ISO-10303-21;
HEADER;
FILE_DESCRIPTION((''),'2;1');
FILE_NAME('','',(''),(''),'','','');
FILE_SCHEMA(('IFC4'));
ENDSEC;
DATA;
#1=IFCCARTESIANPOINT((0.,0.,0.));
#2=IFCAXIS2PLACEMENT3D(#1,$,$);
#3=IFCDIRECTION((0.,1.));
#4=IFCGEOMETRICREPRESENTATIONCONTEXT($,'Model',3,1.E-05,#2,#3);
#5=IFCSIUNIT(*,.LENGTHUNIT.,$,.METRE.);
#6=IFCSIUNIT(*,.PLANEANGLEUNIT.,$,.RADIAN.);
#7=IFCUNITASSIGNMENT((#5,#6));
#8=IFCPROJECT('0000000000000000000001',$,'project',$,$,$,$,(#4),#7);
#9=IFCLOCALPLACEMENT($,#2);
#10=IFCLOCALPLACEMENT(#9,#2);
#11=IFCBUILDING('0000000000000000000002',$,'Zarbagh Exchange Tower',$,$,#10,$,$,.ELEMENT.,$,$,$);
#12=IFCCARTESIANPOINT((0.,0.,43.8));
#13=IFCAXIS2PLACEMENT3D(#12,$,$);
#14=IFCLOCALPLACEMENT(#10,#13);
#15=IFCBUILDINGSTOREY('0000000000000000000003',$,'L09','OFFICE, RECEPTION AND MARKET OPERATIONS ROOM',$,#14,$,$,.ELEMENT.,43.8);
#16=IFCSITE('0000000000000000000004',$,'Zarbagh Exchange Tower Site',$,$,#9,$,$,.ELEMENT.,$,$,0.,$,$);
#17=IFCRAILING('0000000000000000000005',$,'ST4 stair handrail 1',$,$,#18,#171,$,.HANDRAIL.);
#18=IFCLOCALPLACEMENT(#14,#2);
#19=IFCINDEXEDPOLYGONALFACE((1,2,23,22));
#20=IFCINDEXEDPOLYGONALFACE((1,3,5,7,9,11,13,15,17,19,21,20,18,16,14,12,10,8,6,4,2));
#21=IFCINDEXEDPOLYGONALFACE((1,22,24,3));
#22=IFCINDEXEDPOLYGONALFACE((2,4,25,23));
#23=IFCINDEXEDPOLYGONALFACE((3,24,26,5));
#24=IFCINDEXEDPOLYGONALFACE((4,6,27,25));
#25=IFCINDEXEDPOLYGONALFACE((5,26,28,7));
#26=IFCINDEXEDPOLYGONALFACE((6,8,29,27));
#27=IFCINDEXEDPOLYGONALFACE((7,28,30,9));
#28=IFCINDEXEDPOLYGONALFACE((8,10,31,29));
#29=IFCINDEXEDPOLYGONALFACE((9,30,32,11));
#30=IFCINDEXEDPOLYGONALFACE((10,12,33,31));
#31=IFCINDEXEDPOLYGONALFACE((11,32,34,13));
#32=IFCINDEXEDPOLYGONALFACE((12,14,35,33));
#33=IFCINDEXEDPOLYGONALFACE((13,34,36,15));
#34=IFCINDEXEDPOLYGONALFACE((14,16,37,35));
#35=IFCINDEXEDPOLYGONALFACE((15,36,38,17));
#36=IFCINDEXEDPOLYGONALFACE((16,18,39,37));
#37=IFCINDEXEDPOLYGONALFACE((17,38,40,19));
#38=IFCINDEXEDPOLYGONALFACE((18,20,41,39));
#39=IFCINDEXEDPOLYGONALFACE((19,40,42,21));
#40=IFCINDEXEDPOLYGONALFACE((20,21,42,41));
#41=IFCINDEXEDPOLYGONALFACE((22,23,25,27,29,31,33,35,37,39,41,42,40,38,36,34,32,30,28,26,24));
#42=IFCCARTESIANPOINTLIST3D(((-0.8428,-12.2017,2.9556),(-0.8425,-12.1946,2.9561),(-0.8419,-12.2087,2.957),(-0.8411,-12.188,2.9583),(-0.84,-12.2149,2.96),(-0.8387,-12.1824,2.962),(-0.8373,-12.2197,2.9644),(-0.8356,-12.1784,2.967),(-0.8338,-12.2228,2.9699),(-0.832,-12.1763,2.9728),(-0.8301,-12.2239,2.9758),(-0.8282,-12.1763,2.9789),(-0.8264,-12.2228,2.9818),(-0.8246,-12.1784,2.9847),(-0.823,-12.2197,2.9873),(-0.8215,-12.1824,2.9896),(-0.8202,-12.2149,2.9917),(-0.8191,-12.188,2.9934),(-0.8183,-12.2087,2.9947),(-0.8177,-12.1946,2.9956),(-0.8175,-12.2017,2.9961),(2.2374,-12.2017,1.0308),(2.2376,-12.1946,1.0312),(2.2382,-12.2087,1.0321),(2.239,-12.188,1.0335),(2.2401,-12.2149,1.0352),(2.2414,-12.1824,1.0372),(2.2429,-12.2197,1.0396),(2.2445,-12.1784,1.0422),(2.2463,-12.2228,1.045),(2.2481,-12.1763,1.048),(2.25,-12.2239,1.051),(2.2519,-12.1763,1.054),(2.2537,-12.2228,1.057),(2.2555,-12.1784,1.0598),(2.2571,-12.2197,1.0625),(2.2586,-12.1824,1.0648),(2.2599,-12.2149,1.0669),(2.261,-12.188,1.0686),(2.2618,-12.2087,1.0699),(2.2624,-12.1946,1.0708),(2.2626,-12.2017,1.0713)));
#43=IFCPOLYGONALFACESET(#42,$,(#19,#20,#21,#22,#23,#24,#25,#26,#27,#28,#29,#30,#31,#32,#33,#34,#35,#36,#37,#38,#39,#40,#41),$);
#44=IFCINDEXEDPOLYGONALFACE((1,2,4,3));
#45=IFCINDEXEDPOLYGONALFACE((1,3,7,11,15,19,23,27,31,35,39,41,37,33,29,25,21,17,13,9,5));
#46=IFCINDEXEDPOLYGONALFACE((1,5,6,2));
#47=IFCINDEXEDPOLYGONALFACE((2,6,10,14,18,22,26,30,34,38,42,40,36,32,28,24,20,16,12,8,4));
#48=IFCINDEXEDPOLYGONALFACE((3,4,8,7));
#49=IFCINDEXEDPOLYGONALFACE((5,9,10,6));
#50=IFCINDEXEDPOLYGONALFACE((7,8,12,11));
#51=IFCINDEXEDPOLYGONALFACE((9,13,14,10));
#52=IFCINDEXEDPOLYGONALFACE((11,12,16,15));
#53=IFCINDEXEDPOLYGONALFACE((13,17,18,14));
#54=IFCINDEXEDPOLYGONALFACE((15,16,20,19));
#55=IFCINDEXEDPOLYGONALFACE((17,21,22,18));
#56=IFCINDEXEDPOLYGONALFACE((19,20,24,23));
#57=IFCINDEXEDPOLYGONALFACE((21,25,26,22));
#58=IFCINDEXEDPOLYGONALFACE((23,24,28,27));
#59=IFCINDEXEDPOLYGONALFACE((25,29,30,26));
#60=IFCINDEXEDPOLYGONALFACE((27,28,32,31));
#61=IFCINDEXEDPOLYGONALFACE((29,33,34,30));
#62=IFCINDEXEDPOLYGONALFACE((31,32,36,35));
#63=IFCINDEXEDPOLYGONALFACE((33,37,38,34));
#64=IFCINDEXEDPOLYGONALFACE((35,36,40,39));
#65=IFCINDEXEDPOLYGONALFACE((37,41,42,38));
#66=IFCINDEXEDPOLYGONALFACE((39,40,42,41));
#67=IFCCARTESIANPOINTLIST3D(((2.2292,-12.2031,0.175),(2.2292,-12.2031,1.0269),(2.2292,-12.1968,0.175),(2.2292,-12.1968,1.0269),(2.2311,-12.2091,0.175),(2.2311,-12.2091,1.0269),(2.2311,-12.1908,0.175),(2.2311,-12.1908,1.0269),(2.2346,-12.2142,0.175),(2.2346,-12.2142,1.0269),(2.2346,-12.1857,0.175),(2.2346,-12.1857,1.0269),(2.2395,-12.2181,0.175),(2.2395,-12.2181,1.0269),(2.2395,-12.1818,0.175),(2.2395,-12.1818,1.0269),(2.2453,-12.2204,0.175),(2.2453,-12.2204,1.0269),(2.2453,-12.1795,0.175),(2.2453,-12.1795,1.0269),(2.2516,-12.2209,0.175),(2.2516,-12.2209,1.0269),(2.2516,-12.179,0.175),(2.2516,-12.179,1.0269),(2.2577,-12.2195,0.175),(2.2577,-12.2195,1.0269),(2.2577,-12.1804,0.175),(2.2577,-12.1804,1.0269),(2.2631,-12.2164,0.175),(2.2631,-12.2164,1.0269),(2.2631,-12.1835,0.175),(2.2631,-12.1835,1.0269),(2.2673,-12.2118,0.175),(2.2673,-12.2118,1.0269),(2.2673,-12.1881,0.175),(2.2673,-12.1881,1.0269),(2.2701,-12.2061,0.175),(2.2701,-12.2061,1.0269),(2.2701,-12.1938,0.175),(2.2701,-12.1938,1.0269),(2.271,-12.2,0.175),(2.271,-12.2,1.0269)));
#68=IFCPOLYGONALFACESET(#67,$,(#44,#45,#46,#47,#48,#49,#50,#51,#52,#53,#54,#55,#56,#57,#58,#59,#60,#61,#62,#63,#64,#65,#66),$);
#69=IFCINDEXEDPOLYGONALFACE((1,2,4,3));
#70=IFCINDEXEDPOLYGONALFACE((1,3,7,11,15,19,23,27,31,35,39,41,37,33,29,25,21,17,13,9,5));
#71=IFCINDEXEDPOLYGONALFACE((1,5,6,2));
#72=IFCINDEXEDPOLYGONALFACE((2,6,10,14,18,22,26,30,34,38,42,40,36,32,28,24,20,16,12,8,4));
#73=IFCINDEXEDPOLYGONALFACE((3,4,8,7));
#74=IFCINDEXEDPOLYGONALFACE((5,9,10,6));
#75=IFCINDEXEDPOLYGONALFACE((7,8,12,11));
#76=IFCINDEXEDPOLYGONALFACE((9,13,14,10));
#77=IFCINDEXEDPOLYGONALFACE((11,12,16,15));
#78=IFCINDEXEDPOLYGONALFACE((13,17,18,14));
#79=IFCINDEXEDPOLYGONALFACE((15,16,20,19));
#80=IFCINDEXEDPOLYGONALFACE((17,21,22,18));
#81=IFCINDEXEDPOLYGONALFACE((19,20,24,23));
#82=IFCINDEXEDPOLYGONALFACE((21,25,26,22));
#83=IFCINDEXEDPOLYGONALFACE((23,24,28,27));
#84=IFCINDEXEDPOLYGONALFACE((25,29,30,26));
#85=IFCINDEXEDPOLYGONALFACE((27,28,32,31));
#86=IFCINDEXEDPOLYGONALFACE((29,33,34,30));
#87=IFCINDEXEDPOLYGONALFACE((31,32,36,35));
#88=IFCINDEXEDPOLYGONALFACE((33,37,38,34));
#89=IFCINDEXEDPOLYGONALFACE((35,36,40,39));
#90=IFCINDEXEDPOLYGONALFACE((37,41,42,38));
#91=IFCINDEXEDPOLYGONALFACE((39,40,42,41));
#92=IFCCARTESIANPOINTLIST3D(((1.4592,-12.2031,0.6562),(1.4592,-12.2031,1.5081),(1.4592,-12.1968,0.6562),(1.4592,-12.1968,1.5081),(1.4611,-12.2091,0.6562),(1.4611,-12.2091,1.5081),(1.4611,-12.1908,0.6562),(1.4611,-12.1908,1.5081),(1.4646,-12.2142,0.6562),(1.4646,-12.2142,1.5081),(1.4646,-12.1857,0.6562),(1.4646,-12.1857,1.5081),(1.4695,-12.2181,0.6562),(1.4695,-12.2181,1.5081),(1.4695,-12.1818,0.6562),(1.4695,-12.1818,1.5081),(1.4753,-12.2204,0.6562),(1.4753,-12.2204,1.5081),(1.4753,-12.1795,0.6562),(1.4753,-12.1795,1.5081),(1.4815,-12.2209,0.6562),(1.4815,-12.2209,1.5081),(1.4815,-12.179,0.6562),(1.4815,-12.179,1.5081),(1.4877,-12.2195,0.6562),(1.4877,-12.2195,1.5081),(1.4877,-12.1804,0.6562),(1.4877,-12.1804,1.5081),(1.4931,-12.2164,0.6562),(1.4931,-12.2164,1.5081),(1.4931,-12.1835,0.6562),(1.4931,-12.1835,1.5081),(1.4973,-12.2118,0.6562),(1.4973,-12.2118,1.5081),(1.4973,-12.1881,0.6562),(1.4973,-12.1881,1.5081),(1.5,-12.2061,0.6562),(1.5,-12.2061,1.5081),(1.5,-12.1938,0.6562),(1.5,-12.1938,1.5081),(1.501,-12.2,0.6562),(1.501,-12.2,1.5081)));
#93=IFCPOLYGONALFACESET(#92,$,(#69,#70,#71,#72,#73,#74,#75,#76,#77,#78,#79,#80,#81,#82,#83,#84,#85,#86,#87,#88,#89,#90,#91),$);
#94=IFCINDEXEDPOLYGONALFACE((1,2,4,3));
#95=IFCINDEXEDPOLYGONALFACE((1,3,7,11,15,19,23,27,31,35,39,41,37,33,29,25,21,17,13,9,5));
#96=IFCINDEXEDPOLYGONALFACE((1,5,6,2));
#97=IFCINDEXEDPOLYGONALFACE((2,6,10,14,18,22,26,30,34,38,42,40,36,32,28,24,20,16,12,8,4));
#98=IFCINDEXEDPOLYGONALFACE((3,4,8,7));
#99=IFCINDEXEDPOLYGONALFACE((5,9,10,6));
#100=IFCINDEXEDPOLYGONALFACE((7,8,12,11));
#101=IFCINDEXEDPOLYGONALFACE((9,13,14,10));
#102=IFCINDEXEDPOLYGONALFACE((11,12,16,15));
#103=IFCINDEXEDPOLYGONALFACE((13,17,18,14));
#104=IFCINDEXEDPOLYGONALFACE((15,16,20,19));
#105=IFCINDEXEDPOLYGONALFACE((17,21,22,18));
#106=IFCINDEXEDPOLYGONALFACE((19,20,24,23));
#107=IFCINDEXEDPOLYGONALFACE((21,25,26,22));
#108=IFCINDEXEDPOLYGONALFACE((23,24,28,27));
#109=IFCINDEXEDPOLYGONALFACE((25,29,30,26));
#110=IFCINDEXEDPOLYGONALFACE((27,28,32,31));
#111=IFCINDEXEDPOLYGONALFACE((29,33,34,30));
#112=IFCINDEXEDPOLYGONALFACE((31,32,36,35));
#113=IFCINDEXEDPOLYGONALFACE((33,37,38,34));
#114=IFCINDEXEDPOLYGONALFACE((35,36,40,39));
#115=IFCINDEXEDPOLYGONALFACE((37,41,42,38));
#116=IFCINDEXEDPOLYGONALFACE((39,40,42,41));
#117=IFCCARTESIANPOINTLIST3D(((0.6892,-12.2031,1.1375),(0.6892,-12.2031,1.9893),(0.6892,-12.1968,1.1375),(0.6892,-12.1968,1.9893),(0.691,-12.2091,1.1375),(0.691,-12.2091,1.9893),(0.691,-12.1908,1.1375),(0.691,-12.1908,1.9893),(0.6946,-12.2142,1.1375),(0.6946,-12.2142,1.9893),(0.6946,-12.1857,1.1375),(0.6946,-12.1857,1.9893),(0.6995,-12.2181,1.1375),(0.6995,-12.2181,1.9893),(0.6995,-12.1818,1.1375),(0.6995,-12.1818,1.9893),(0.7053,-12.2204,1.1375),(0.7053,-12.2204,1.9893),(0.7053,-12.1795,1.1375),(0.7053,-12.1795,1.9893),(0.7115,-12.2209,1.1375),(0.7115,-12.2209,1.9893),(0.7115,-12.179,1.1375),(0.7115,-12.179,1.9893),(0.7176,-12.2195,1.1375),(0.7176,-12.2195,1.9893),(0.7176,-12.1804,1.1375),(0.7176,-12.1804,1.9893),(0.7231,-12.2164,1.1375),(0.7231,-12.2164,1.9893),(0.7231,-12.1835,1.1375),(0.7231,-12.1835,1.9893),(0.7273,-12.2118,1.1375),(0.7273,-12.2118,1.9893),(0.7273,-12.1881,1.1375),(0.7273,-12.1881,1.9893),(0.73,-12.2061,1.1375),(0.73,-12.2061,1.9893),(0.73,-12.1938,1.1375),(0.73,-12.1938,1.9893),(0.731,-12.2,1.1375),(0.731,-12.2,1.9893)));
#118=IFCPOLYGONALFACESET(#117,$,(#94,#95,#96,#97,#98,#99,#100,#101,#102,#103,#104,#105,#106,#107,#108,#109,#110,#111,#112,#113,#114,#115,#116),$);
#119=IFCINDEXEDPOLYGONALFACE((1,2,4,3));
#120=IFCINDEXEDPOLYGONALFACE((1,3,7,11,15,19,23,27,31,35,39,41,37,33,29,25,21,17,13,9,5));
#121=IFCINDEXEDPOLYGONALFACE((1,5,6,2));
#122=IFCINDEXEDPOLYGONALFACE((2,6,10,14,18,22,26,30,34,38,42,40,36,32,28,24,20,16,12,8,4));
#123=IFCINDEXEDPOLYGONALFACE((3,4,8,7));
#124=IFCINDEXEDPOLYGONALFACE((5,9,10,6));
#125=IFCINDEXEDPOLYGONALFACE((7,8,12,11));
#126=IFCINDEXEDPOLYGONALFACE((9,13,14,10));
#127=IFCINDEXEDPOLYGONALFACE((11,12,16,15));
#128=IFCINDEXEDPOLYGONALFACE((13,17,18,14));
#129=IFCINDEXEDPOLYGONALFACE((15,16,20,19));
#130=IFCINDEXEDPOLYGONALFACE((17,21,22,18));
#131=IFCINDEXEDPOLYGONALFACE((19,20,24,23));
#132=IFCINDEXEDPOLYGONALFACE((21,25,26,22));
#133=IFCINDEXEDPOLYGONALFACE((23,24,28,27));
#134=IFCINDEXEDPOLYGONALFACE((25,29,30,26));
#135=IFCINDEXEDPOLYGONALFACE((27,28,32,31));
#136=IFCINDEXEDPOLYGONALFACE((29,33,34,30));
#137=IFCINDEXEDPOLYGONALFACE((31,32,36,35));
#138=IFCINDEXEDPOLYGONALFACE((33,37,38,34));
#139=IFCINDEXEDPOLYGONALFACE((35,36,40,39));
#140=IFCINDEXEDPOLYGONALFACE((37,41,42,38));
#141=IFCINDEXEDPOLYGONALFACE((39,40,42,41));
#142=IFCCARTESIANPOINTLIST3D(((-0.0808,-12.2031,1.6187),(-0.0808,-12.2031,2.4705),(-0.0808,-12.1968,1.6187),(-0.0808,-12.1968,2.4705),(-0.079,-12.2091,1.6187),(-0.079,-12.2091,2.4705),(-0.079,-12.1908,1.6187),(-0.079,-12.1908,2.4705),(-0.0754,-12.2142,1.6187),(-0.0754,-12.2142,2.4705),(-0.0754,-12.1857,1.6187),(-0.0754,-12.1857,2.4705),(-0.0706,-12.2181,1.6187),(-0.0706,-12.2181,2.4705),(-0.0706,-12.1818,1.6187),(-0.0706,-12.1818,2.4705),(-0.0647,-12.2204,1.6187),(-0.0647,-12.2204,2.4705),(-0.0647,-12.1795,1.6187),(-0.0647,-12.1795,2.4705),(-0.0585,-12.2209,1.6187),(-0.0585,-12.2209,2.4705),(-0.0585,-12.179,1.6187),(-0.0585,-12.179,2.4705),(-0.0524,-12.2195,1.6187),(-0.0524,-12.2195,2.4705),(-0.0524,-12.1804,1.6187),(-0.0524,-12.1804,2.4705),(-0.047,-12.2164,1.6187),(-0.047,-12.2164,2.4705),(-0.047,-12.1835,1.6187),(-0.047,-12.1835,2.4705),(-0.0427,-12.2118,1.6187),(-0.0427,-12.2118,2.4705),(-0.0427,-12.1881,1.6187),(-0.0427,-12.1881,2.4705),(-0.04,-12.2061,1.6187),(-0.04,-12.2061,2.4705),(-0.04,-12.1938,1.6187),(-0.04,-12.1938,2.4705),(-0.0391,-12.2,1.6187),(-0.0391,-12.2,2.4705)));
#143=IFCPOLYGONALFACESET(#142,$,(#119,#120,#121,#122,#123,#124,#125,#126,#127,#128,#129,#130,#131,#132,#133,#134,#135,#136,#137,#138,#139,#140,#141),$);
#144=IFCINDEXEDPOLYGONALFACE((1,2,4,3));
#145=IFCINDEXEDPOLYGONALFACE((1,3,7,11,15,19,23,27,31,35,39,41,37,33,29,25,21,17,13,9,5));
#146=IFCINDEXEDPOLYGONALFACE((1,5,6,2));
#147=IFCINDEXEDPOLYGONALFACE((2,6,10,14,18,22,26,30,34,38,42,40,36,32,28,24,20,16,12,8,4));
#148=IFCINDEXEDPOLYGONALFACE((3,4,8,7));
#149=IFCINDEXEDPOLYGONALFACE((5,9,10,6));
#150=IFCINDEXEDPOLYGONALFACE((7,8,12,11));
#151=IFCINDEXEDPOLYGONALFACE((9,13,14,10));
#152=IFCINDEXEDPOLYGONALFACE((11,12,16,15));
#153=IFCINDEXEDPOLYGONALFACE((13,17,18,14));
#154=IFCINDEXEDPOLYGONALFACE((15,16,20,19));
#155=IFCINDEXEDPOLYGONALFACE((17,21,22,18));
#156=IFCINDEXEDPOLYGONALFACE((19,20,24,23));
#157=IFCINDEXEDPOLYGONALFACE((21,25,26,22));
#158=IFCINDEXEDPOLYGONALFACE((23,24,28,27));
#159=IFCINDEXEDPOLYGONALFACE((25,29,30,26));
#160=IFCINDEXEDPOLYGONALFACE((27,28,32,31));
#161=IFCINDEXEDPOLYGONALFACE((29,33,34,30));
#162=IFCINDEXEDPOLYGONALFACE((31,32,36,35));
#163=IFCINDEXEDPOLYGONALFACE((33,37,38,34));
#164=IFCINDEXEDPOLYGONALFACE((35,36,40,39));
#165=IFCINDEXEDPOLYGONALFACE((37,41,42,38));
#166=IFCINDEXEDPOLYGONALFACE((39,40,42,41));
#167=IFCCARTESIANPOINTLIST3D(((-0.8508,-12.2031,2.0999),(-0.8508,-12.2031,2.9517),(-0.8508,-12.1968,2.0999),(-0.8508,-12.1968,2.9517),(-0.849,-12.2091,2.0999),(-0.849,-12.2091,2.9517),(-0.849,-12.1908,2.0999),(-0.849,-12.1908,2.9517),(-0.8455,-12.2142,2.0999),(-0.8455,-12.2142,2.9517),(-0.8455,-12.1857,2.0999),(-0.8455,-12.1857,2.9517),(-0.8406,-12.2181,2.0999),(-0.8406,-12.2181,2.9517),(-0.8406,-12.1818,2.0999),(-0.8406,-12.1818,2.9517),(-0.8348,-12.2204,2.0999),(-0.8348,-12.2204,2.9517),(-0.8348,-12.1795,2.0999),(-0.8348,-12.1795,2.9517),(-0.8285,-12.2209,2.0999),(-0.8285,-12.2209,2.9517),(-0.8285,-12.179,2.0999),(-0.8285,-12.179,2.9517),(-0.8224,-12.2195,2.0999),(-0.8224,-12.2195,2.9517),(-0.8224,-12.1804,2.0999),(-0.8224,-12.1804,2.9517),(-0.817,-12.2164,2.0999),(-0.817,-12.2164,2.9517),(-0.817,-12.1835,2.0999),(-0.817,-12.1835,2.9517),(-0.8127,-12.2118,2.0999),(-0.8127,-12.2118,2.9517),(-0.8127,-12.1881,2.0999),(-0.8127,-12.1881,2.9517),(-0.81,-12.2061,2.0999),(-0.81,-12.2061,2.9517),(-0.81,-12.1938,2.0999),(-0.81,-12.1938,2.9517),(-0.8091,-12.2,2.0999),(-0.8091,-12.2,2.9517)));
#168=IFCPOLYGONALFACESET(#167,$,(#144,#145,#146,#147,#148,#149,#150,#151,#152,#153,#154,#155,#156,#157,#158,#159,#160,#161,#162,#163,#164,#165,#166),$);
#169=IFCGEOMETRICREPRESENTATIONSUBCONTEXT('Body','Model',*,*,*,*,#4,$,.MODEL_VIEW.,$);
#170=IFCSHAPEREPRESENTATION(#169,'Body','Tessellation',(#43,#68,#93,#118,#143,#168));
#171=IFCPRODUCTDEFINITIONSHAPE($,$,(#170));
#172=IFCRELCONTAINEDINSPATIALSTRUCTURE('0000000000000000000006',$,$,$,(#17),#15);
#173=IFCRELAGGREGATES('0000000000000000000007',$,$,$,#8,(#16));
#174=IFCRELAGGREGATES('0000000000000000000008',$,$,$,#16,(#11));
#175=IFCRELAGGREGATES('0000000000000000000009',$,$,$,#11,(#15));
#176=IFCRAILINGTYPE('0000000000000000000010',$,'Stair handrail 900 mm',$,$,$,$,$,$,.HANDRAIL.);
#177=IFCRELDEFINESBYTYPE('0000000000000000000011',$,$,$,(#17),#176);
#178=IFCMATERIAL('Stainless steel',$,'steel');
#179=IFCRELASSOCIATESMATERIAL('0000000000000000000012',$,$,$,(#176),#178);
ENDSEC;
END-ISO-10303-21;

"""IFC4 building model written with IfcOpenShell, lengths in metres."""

from ifc_helpers import new_model, si_unit, direction, frame, origin, origin_2d, place, context, subcontext, project, spatial, circle, extrude, material, type_object, element, save


model = new_model("IFC4")

# Units and contexts
model_context = context("Model", 3, precision=1e-05, world=origin(), true_north=direction((0.0, 1.0)))
body_context = subcontext(model_context, "Body", "Model", "MODEL_VIEW")
ifc_project = project(units=[si_unit("LENGTHUNIT", "METRE"), si_unit("PLANEANGLEUNIT", "RADIAN")], contexts=[model_context])

# Site, building, storey
site_placement = place(None, origin())
site = spatial("IfcSite", under=ifc_project, at=site_placement, Name="Zarbagh Exchange Tower Site", CompositionType="ELEMENT", RefElevation=0.0)
building_placement = place(site_placement, origin())
building = spatial("IfcBuilding", under=site, at=building_placement, Name="Zarbagh Exchange Tower", CompositionType="ELEMENT")
storey_placement = place(building_placement, frame((0.0, 0.0, 43.8)))
storey = spatial("IfcBuildingStorey", under=building, at=storey_placement, Name="L09", Description="OFFICE, RECEPTION AND MARKET OPERATIONS ROOM", CompositionType="ELEMENT", Elevation=43.8)

# Railing
ifc_material_1 = material(Name="Stainless steel", Category="steel")
railing_type_1 = type_object("IfcRailingType", Name="Stair handrail 900 mm", PredefinedType="HANDRAIL", material=ifc_material_1)
railing_1_placement = place(storey_placement, frame((2.25, -12.2, 0.175)))
element("IfcRailing", 1, at=railing_1_placement, inside=storey, type_object=railing_type_1, Name="ST4 stair handrail 1", PredefinedType="HANDRAIL", context=body_context, shape_type="SweptSolid", body=[
    extrude(circle(Radius=0.0239, at=origin_2d()), frame((0.0, 0.0, 0.876), z_axis=(-0.848029, 0.0, 0.529951), x_axis=(0.0, -1.0, 0.0)), (0.0, 0.0, 1.0), 3.6321),
    extrude(circle(Radius=0.021, at=origin_2d()), origin(), (0.0, 0.0, 1.0), 0.8518),
    extrude(circle(Radius=0.021, at=origin_2d()), frame((-0.77, 0.0, 0.4812)), (0.0, 0.0, 1.0), 0.8518),
    extrude(circle(Radius=0.021, at=origin_2d()), frame((-1.54, 0.0, 0.9624)), (0.0, 0.0, 1.0), 0.8518),
    extrude(circle(Radius=0.021, at=origin_2d()), frame((-2.3101, 0.0, 1.4436)), (0.0, 0.0, 1.0), 0.8518),
    extrude(circle(Radius=0.021, at=origin_2d()), frame((-3.0801, 0.0, 1.9248)), (0.0, 0.0, 1.0), 0.8518),
])

save(model, "model.ifc")
